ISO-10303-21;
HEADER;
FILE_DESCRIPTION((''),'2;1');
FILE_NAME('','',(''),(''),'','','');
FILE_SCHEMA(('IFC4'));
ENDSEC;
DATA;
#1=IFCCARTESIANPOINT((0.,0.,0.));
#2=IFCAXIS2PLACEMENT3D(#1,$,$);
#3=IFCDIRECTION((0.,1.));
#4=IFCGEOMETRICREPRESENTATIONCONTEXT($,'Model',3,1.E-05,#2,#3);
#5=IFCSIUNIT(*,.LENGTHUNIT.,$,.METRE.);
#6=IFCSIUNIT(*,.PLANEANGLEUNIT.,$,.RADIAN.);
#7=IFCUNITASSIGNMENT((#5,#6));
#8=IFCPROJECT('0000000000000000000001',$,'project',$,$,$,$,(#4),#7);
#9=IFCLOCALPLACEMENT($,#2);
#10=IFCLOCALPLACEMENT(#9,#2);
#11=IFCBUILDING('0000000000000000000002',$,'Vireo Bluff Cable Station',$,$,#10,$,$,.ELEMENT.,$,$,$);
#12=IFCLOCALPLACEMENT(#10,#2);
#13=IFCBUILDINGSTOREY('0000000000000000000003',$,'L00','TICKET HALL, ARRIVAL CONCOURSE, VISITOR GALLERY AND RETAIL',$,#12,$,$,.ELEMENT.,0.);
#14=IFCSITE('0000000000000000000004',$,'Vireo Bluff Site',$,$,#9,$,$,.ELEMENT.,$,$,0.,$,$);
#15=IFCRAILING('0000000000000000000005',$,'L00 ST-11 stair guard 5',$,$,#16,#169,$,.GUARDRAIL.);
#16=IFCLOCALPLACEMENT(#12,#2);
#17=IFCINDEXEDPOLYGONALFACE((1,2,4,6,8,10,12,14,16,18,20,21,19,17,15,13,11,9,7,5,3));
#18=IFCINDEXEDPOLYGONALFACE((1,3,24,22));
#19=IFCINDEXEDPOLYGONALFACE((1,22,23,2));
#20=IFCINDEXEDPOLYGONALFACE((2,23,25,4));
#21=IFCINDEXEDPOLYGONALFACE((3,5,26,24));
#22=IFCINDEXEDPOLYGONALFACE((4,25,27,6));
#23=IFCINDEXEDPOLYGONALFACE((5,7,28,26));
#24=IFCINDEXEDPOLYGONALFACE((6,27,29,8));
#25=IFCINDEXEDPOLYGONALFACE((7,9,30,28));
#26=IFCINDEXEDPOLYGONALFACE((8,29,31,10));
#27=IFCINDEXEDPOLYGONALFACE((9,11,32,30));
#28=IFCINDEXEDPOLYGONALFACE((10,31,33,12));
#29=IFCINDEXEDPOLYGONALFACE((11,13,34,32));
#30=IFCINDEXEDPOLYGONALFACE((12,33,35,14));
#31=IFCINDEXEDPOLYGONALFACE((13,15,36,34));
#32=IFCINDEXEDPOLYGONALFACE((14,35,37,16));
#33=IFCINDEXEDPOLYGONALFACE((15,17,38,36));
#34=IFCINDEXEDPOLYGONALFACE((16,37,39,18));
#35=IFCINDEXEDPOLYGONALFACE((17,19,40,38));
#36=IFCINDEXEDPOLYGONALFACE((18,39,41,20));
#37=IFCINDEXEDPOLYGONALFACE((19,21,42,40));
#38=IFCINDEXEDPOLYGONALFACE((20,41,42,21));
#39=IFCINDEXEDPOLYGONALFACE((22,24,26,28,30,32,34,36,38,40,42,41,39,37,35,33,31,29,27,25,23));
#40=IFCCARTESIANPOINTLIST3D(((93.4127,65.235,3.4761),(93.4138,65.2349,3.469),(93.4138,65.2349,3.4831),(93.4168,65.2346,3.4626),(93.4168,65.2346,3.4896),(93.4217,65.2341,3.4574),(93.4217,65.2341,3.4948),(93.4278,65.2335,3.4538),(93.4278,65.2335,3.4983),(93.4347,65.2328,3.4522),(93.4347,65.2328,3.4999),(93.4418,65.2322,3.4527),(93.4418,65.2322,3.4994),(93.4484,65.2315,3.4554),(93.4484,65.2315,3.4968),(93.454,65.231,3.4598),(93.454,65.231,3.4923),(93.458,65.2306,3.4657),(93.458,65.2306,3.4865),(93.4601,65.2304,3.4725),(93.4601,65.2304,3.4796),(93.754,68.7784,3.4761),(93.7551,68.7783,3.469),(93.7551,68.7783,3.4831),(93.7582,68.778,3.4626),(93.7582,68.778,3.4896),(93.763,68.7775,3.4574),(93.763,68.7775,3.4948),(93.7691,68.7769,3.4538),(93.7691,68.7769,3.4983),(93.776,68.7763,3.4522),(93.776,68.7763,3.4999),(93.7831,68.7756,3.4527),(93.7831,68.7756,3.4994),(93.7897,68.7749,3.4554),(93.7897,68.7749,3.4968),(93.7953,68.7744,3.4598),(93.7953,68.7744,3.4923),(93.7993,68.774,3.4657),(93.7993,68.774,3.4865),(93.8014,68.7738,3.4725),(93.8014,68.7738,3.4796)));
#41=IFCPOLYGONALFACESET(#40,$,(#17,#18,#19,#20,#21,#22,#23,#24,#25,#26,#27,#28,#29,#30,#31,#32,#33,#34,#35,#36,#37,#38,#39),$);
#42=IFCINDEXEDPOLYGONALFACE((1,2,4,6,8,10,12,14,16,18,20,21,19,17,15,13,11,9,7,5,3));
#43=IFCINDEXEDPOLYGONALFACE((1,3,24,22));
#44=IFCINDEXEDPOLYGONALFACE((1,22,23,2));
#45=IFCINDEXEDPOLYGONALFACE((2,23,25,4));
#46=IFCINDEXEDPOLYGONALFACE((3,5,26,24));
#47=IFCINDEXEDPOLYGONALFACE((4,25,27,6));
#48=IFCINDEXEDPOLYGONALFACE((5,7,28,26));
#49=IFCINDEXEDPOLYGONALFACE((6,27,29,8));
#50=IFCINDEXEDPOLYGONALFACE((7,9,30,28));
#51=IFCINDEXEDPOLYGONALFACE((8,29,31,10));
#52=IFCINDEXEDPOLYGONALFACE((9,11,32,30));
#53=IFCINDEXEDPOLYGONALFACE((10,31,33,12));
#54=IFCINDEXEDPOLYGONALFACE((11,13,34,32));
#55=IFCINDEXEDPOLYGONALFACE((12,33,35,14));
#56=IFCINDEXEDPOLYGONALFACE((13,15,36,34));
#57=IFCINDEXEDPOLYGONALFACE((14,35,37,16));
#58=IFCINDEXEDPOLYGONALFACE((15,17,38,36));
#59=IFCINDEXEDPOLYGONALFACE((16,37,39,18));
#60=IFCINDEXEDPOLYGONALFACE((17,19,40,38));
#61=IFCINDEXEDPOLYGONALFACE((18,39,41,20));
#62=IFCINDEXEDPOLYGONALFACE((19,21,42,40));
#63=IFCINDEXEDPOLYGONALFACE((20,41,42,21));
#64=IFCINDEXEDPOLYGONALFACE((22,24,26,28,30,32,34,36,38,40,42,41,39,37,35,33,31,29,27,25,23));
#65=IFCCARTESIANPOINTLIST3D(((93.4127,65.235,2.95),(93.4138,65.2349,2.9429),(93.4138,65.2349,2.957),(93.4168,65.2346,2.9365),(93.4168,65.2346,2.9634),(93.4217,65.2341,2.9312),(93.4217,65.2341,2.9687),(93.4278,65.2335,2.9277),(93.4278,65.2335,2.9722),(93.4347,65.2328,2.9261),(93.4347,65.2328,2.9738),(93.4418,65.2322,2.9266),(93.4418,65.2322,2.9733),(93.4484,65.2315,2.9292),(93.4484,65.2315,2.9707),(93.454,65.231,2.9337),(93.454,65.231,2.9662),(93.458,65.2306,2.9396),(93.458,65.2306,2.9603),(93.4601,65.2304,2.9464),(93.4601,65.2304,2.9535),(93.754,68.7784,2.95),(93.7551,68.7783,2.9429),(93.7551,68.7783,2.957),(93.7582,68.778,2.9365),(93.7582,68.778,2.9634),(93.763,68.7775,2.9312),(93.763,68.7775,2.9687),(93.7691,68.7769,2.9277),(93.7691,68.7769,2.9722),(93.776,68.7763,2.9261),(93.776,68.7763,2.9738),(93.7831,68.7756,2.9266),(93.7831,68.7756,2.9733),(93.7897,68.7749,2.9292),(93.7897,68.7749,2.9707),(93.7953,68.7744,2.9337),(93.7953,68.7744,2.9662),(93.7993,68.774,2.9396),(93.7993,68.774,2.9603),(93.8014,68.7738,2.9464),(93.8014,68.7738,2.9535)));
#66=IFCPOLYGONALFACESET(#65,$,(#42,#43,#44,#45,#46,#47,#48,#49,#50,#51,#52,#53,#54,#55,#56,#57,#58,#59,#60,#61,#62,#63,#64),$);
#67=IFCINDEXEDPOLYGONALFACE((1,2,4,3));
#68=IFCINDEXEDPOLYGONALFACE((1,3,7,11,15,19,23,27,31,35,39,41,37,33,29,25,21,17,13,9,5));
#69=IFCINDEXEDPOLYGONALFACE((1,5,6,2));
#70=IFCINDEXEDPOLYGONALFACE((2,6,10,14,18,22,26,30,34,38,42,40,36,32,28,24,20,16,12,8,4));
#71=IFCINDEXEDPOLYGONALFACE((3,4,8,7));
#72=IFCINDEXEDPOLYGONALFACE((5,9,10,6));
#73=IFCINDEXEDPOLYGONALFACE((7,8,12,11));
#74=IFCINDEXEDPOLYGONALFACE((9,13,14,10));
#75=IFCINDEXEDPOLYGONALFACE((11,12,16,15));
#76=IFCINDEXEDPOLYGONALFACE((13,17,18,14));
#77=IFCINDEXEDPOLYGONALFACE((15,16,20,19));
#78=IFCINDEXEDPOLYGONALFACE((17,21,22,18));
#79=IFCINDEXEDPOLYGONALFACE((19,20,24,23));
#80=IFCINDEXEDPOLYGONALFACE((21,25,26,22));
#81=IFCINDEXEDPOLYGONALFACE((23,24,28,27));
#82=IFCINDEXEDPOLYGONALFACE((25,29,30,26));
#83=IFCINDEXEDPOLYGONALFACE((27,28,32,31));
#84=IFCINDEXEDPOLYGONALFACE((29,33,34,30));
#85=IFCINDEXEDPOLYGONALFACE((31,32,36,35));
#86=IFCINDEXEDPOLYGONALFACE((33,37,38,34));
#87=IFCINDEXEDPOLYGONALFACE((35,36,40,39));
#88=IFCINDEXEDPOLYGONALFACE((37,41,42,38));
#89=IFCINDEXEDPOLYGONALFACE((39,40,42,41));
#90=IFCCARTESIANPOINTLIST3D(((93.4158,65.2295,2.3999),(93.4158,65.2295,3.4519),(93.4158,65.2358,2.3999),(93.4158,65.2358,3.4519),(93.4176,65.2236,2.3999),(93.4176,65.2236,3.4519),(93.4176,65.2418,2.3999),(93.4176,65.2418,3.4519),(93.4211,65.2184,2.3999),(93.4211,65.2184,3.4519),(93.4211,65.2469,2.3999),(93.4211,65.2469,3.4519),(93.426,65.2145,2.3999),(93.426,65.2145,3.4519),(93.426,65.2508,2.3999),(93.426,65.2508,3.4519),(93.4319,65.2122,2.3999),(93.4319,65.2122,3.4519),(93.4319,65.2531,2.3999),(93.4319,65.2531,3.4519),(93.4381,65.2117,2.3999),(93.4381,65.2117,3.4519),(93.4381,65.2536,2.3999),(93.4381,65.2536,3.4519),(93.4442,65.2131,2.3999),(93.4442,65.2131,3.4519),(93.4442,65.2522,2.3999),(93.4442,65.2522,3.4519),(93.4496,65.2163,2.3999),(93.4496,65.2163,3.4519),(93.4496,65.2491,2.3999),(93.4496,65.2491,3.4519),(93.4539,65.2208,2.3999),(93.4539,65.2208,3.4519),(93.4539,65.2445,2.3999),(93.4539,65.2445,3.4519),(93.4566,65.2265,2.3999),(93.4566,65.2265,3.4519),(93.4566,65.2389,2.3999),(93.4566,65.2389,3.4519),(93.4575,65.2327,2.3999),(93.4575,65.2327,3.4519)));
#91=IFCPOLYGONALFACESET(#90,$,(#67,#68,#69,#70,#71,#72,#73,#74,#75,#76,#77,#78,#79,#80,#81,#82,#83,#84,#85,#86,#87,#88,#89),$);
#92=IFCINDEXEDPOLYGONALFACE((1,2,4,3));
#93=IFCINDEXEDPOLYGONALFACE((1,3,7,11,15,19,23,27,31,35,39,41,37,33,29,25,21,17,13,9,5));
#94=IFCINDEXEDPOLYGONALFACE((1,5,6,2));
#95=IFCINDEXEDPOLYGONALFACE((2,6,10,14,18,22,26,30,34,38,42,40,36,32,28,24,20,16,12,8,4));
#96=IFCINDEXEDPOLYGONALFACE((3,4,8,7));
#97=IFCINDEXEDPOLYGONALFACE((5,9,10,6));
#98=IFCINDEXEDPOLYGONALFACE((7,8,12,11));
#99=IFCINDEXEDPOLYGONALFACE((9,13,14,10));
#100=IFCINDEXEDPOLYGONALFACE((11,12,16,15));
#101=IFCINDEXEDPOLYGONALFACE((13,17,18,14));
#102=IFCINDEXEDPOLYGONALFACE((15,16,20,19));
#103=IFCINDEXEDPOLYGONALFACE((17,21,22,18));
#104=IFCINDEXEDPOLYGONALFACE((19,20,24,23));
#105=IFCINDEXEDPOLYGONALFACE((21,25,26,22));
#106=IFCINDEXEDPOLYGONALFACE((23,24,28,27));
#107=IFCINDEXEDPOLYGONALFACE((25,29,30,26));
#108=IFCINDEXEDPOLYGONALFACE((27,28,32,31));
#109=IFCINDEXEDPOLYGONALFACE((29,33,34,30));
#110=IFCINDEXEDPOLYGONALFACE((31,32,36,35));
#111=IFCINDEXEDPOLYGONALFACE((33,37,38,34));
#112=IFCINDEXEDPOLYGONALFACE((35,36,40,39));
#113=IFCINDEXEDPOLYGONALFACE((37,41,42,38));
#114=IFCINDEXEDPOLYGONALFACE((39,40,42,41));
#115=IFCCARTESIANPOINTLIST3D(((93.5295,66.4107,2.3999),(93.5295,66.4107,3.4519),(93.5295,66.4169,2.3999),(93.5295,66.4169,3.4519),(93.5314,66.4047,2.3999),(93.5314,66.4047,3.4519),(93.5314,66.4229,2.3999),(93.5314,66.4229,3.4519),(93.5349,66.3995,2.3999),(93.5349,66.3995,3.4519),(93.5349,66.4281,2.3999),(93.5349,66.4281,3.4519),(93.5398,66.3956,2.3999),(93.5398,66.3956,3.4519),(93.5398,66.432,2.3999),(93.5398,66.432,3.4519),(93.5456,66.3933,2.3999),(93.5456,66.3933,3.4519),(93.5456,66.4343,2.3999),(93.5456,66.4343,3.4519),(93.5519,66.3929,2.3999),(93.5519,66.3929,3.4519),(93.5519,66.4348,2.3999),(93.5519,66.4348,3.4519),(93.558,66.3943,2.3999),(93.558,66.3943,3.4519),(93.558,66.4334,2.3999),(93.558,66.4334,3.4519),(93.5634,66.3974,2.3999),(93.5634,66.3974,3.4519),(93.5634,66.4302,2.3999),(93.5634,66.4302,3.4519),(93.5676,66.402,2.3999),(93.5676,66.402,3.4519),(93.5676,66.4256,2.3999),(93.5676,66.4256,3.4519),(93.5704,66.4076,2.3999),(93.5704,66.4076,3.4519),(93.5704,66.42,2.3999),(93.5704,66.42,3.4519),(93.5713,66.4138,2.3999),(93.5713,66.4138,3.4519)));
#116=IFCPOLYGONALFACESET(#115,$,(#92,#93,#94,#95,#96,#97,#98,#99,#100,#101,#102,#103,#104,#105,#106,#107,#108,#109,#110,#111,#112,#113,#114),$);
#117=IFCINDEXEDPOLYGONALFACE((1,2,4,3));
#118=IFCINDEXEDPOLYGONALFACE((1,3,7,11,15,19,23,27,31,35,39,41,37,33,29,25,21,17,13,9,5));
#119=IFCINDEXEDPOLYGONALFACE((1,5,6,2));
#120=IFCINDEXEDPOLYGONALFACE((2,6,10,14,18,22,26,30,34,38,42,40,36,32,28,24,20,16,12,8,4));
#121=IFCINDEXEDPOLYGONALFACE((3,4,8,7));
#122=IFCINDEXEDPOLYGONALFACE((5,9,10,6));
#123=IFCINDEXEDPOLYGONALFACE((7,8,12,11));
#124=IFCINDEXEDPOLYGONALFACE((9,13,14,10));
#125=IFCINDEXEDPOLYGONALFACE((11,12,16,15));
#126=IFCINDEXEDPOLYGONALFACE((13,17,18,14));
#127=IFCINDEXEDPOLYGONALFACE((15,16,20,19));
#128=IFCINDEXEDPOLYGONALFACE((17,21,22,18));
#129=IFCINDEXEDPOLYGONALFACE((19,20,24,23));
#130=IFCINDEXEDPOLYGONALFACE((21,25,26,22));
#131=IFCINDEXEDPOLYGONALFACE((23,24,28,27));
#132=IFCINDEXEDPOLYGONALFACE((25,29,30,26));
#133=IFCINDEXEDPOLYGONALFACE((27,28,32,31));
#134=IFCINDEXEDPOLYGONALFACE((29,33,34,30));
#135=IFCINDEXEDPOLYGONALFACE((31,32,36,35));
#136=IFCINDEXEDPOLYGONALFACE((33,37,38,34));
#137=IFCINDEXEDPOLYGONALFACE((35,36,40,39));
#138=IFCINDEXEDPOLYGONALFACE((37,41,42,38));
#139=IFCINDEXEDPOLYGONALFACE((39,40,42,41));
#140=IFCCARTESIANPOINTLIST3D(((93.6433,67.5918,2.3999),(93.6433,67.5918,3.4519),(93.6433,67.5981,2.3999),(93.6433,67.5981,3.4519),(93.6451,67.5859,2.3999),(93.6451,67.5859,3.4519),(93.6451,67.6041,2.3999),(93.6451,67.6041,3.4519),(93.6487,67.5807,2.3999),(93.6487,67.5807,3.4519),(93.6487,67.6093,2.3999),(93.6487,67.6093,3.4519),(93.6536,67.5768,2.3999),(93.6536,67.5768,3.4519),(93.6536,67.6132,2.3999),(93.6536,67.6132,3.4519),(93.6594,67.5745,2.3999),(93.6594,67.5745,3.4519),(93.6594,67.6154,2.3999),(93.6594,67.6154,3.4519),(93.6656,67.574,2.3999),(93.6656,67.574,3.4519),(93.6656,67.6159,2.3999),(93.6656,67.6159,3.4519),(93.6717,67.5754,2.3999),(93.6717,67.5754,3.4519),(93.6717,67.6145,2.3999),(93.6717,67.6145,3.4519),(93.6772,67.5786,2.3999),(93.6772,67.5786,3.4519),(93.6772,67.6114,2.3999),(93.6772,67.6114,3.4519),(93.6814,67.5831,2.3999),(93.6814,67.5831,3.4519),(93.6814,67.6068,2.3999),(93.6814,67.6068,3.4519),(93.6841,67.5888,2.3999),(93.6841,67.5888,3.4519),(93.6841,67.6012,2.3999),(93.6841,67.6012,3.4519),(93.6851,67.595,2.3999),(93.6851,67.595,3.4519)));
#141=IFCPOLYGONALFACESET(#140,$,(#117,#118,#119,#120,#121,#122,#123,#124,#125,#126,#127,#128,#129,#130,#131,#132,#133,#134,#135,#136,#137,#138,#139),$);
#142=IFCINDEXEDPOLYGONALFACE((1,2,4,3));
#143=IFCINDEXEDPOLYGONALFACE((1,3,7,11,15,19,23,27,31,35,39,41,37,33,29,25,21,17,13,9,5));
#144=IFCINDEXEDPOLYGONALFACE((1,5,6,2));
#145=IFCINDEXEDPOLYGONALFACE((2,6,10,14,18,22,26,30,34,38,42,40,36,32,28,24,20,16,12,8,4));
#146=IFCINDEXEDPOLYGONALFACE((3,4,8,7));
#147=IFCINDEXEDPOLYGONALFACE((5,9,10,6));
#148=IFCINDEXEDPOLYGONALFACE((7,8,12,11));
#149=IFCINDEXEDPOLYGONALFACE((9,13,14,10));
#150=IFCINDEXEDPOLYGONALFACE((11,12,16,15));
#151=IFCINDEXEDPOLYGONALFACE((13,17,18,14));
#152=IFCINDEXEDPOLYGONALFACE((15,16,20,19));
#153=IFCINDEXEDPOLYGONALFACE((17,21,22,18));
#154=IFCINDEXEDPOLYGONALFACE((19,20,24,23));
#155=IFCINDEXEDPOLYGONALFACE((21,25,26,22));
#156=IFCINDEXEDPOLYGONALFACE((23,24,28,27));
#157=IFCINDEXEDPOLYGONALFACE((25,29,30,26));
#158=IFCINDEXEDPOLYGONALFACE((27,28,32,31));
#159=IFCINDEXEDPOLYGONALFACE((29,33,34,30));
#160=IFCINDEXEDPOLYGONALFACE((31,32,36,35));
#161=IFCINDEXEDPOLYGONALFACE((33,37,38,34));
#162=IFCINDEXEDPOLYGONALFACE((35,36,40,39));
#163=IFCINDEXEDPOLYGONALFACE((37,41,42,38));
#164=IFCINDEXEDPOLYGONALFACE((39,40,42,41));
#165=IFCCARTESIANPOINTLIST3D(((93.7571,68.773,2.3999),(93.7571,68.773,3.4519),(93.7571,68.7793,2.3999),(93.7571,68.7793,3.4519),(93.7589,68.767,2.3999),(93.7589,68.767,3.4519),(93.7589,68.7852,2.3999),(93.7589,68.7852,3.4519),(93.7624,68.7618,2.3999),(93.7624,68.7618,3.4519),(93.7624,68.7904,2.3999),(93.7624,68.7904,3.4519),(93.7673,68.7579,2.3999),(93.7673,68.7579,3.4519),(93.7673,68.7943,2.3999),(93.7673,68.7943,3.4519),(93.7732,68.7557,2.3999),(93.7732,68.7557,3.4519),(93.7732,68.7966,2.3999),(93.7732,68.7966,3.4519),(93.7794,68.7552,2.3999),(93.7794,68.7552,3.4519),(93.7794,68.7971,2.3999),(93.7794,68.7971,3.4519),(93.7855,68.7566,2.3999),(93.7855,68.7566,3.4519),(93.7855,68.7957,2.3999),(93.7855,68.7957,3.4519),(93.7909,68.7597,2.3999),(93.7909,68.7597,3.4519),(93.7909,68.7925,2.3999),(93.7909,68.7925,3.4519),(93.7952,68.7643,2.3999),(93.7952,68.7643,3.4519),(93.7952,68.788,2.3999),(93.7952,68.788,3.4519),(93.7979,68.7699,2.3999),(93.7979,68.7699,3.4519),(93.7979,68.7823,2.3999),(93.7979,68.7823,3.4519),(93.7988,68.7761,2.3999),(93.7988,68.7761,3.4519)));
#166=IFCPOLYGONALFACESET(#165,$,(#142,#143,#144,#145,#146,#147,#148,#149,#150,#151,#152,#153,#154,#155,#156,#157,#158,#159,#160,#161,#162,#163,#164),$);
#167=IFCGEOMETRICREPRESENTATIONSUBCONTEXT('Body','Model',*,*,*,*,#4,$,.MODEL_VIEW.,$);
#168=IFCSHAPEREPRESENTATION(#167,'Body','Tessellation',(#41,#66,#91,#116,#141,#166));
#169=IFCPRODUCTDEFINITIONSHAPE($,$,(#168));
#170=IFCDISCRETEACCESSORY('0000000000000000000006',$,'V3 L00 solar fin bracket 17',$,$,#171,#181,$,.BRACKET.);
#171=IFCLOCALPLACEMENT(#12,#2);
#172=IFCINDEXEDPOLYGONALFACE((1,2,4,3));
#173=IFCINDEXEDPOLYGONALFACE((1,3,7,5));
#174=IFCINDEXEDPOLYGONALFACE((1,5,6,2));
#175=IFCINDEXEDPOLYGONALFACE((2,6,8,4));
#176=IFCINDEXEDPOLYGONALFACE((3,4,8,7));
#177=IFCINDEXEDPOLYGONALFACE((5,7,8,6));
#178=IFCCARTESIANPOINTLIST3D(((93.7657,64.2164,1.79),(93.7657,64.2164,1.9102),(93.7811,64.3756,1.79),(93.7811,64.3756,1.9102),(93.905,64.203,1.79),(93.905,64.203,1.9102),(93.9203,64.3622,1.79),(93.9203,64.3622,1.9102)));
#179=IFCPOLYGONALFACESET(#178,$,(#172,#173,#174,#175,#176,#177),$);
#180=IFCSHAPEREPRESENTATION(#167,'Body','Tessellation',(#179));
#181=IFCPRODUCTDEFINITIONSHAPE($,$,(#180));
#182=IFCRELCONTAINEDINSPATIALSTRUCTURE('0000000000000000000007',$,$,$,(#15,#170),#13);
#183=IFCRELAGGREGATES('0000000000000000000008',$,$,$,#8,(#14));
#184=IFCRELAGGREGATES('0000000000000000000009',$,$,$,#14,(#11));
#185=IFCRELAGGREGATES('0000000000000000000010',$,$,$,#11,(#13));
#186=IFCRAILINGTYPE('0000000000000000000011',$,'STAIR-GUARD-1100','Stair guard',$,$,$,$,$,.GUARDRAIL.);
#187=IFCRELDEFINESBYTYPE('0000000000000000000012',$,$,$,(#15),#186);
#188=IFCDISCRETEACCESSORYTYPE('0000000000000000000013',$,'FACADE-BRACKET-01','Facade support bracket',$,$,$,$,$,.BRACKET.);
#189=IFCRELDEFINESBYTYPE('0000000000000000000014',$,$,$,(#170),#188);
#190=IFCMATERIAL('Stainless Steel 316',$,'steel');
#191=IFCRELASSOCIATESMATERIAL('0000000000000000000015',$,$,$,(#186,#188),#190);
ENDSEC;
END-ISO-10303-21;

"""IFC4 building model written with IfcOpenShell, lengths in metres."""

from ifc_helpers import new_model, si_unit, direction, frame, origin, origin_2d, place, context, subcontext, project, spatial, rectangle, circle, extrude, material, type_object, element, save


model = new_model("IFC4")

# Units and contexts
model_context = context("Model", 3, precision=1e-05, world=origin(), true_north=direction((0.0, 1.0)))
body_context = subcontext(model_context, "Body", "Model", "MODEL_VIEW")
ifc_project = project(units=[si_unit("LENGTHUNIT", "METRE"), si_unit("PLANEANGLEUNIT", "RADIAN")], contexts=[model_context])

# Site, building, storey
site_placement = place(None, origin())
site = spatial("IfcSite", under=ifc_project, at=site_placement, Name="Vireo Bluff Site", CompositionType="ELEMENT", RefElevation=0.0)
building_placement = place(site_placement, origin())
building = spatial("IfcBuilding", under=site, at=building_placement, Name="Vireo Bluff Cable Station", CompositionType="ELEMENT")
storey_placement = place(building_placement, origin())
storey = spatial("IfcBuildingStorey", under=building, at=storey_placement, Name="L00", Description="TICKET HALL, ARRIVAL CONCOURSE, VISITOR GALLERY AND RETAIL", CompositionType="ELEMENT", Elevation=0.0)

# Railing
ifc_material_1 = material(Name="Stainless Steel 316", Category="steel")
railing_type = type_object("IfcRailingType", Name="STAIR-GUARD-1100", Description="Stair guard", PredefinedType="GUARDRAIL", material=ifc_material_1)
railing_1_placement = place(storey_placement, frame((93.4365, 65.2327, 2.3999)))
element("IfcRailing", 1, at=railing_1_placement, inside=storey, type_object=railing_type, Name="L00 ST-11 stair guard 5", PredefinedType="GUARDRAIL", context=body_context, shape_type="SweptSolid", body=[
    extrude(circle(Radius=0.0239, at=origin_2d()), frame((0.0, 0.0, 1.0762), z_axis=(0.095877, 0.995393, 0.0), x_axis=(-0.995393, 0.095877, 0.0)), (0.0, 0.0, 1.0), 3.5598),
    extrude(circle(Radius=0.0239, at=origin_2d()), frame((0.0, 0.0, 0.55), z_axis=(0.095877, 0.995393, 0.0), x_axis=(-0.995393, 0.095877, 0.0)), (0.0, 0.0, 1.0), 3.5598),
    extrude(circle(Radius=0.021, at=origin_2d()), origin(), (0.0, 0.0, 1.0), 1.052),
    extrude(circle(Radius=0.021, at=origin_2d()), frame((0.1138, 1.1812, 0.0)), (0.0, 0.0, 1.0), 1.052),
    extrude(circle(Radius=0.021, at=origin_2d()), frame((0.2275, 2.3623, 0.0)), (0.0, 0.0, 1.0), 1.052),
    extrude(circle(Radius=0.021, at=origin_2d()), frame((0.3413, 3.5435, 0.0)), (0.0, 0.0, 1.0), 1.052),
])

# Discrete accessory
discrete_accessory_type = type_object("IfcDiscreteAccessoryType", Name="FACADE-BRACKET-01", Description="Facade support bracket", PredefinedType="BRACKET", material=ifc_material_1)
discrete_accessory_placement = place(storey_placement, frame((93.843, 64.2893, 1.79), z_axis=(0.0, 0.0, 1.0), x_axis=(-0.995396, 0.095846, 0.0)))
element("IfcDiscreteAccessory", 2, at=discrete_accessory_placement, inside=storey, type_object=discrete_accessory_type, Name="V3 L00 solar fin bracket 17", PredefinedType="BRACKET", context=body_context, shape_type="SweptSolid", body=[
    extrude(rectangle(XDim=0.1399, YDim=0.1599, at=origin_2d()), origin(), (0.0, 0.0, 1.0), 0.1201),
])

save(model, "model.ifc")
